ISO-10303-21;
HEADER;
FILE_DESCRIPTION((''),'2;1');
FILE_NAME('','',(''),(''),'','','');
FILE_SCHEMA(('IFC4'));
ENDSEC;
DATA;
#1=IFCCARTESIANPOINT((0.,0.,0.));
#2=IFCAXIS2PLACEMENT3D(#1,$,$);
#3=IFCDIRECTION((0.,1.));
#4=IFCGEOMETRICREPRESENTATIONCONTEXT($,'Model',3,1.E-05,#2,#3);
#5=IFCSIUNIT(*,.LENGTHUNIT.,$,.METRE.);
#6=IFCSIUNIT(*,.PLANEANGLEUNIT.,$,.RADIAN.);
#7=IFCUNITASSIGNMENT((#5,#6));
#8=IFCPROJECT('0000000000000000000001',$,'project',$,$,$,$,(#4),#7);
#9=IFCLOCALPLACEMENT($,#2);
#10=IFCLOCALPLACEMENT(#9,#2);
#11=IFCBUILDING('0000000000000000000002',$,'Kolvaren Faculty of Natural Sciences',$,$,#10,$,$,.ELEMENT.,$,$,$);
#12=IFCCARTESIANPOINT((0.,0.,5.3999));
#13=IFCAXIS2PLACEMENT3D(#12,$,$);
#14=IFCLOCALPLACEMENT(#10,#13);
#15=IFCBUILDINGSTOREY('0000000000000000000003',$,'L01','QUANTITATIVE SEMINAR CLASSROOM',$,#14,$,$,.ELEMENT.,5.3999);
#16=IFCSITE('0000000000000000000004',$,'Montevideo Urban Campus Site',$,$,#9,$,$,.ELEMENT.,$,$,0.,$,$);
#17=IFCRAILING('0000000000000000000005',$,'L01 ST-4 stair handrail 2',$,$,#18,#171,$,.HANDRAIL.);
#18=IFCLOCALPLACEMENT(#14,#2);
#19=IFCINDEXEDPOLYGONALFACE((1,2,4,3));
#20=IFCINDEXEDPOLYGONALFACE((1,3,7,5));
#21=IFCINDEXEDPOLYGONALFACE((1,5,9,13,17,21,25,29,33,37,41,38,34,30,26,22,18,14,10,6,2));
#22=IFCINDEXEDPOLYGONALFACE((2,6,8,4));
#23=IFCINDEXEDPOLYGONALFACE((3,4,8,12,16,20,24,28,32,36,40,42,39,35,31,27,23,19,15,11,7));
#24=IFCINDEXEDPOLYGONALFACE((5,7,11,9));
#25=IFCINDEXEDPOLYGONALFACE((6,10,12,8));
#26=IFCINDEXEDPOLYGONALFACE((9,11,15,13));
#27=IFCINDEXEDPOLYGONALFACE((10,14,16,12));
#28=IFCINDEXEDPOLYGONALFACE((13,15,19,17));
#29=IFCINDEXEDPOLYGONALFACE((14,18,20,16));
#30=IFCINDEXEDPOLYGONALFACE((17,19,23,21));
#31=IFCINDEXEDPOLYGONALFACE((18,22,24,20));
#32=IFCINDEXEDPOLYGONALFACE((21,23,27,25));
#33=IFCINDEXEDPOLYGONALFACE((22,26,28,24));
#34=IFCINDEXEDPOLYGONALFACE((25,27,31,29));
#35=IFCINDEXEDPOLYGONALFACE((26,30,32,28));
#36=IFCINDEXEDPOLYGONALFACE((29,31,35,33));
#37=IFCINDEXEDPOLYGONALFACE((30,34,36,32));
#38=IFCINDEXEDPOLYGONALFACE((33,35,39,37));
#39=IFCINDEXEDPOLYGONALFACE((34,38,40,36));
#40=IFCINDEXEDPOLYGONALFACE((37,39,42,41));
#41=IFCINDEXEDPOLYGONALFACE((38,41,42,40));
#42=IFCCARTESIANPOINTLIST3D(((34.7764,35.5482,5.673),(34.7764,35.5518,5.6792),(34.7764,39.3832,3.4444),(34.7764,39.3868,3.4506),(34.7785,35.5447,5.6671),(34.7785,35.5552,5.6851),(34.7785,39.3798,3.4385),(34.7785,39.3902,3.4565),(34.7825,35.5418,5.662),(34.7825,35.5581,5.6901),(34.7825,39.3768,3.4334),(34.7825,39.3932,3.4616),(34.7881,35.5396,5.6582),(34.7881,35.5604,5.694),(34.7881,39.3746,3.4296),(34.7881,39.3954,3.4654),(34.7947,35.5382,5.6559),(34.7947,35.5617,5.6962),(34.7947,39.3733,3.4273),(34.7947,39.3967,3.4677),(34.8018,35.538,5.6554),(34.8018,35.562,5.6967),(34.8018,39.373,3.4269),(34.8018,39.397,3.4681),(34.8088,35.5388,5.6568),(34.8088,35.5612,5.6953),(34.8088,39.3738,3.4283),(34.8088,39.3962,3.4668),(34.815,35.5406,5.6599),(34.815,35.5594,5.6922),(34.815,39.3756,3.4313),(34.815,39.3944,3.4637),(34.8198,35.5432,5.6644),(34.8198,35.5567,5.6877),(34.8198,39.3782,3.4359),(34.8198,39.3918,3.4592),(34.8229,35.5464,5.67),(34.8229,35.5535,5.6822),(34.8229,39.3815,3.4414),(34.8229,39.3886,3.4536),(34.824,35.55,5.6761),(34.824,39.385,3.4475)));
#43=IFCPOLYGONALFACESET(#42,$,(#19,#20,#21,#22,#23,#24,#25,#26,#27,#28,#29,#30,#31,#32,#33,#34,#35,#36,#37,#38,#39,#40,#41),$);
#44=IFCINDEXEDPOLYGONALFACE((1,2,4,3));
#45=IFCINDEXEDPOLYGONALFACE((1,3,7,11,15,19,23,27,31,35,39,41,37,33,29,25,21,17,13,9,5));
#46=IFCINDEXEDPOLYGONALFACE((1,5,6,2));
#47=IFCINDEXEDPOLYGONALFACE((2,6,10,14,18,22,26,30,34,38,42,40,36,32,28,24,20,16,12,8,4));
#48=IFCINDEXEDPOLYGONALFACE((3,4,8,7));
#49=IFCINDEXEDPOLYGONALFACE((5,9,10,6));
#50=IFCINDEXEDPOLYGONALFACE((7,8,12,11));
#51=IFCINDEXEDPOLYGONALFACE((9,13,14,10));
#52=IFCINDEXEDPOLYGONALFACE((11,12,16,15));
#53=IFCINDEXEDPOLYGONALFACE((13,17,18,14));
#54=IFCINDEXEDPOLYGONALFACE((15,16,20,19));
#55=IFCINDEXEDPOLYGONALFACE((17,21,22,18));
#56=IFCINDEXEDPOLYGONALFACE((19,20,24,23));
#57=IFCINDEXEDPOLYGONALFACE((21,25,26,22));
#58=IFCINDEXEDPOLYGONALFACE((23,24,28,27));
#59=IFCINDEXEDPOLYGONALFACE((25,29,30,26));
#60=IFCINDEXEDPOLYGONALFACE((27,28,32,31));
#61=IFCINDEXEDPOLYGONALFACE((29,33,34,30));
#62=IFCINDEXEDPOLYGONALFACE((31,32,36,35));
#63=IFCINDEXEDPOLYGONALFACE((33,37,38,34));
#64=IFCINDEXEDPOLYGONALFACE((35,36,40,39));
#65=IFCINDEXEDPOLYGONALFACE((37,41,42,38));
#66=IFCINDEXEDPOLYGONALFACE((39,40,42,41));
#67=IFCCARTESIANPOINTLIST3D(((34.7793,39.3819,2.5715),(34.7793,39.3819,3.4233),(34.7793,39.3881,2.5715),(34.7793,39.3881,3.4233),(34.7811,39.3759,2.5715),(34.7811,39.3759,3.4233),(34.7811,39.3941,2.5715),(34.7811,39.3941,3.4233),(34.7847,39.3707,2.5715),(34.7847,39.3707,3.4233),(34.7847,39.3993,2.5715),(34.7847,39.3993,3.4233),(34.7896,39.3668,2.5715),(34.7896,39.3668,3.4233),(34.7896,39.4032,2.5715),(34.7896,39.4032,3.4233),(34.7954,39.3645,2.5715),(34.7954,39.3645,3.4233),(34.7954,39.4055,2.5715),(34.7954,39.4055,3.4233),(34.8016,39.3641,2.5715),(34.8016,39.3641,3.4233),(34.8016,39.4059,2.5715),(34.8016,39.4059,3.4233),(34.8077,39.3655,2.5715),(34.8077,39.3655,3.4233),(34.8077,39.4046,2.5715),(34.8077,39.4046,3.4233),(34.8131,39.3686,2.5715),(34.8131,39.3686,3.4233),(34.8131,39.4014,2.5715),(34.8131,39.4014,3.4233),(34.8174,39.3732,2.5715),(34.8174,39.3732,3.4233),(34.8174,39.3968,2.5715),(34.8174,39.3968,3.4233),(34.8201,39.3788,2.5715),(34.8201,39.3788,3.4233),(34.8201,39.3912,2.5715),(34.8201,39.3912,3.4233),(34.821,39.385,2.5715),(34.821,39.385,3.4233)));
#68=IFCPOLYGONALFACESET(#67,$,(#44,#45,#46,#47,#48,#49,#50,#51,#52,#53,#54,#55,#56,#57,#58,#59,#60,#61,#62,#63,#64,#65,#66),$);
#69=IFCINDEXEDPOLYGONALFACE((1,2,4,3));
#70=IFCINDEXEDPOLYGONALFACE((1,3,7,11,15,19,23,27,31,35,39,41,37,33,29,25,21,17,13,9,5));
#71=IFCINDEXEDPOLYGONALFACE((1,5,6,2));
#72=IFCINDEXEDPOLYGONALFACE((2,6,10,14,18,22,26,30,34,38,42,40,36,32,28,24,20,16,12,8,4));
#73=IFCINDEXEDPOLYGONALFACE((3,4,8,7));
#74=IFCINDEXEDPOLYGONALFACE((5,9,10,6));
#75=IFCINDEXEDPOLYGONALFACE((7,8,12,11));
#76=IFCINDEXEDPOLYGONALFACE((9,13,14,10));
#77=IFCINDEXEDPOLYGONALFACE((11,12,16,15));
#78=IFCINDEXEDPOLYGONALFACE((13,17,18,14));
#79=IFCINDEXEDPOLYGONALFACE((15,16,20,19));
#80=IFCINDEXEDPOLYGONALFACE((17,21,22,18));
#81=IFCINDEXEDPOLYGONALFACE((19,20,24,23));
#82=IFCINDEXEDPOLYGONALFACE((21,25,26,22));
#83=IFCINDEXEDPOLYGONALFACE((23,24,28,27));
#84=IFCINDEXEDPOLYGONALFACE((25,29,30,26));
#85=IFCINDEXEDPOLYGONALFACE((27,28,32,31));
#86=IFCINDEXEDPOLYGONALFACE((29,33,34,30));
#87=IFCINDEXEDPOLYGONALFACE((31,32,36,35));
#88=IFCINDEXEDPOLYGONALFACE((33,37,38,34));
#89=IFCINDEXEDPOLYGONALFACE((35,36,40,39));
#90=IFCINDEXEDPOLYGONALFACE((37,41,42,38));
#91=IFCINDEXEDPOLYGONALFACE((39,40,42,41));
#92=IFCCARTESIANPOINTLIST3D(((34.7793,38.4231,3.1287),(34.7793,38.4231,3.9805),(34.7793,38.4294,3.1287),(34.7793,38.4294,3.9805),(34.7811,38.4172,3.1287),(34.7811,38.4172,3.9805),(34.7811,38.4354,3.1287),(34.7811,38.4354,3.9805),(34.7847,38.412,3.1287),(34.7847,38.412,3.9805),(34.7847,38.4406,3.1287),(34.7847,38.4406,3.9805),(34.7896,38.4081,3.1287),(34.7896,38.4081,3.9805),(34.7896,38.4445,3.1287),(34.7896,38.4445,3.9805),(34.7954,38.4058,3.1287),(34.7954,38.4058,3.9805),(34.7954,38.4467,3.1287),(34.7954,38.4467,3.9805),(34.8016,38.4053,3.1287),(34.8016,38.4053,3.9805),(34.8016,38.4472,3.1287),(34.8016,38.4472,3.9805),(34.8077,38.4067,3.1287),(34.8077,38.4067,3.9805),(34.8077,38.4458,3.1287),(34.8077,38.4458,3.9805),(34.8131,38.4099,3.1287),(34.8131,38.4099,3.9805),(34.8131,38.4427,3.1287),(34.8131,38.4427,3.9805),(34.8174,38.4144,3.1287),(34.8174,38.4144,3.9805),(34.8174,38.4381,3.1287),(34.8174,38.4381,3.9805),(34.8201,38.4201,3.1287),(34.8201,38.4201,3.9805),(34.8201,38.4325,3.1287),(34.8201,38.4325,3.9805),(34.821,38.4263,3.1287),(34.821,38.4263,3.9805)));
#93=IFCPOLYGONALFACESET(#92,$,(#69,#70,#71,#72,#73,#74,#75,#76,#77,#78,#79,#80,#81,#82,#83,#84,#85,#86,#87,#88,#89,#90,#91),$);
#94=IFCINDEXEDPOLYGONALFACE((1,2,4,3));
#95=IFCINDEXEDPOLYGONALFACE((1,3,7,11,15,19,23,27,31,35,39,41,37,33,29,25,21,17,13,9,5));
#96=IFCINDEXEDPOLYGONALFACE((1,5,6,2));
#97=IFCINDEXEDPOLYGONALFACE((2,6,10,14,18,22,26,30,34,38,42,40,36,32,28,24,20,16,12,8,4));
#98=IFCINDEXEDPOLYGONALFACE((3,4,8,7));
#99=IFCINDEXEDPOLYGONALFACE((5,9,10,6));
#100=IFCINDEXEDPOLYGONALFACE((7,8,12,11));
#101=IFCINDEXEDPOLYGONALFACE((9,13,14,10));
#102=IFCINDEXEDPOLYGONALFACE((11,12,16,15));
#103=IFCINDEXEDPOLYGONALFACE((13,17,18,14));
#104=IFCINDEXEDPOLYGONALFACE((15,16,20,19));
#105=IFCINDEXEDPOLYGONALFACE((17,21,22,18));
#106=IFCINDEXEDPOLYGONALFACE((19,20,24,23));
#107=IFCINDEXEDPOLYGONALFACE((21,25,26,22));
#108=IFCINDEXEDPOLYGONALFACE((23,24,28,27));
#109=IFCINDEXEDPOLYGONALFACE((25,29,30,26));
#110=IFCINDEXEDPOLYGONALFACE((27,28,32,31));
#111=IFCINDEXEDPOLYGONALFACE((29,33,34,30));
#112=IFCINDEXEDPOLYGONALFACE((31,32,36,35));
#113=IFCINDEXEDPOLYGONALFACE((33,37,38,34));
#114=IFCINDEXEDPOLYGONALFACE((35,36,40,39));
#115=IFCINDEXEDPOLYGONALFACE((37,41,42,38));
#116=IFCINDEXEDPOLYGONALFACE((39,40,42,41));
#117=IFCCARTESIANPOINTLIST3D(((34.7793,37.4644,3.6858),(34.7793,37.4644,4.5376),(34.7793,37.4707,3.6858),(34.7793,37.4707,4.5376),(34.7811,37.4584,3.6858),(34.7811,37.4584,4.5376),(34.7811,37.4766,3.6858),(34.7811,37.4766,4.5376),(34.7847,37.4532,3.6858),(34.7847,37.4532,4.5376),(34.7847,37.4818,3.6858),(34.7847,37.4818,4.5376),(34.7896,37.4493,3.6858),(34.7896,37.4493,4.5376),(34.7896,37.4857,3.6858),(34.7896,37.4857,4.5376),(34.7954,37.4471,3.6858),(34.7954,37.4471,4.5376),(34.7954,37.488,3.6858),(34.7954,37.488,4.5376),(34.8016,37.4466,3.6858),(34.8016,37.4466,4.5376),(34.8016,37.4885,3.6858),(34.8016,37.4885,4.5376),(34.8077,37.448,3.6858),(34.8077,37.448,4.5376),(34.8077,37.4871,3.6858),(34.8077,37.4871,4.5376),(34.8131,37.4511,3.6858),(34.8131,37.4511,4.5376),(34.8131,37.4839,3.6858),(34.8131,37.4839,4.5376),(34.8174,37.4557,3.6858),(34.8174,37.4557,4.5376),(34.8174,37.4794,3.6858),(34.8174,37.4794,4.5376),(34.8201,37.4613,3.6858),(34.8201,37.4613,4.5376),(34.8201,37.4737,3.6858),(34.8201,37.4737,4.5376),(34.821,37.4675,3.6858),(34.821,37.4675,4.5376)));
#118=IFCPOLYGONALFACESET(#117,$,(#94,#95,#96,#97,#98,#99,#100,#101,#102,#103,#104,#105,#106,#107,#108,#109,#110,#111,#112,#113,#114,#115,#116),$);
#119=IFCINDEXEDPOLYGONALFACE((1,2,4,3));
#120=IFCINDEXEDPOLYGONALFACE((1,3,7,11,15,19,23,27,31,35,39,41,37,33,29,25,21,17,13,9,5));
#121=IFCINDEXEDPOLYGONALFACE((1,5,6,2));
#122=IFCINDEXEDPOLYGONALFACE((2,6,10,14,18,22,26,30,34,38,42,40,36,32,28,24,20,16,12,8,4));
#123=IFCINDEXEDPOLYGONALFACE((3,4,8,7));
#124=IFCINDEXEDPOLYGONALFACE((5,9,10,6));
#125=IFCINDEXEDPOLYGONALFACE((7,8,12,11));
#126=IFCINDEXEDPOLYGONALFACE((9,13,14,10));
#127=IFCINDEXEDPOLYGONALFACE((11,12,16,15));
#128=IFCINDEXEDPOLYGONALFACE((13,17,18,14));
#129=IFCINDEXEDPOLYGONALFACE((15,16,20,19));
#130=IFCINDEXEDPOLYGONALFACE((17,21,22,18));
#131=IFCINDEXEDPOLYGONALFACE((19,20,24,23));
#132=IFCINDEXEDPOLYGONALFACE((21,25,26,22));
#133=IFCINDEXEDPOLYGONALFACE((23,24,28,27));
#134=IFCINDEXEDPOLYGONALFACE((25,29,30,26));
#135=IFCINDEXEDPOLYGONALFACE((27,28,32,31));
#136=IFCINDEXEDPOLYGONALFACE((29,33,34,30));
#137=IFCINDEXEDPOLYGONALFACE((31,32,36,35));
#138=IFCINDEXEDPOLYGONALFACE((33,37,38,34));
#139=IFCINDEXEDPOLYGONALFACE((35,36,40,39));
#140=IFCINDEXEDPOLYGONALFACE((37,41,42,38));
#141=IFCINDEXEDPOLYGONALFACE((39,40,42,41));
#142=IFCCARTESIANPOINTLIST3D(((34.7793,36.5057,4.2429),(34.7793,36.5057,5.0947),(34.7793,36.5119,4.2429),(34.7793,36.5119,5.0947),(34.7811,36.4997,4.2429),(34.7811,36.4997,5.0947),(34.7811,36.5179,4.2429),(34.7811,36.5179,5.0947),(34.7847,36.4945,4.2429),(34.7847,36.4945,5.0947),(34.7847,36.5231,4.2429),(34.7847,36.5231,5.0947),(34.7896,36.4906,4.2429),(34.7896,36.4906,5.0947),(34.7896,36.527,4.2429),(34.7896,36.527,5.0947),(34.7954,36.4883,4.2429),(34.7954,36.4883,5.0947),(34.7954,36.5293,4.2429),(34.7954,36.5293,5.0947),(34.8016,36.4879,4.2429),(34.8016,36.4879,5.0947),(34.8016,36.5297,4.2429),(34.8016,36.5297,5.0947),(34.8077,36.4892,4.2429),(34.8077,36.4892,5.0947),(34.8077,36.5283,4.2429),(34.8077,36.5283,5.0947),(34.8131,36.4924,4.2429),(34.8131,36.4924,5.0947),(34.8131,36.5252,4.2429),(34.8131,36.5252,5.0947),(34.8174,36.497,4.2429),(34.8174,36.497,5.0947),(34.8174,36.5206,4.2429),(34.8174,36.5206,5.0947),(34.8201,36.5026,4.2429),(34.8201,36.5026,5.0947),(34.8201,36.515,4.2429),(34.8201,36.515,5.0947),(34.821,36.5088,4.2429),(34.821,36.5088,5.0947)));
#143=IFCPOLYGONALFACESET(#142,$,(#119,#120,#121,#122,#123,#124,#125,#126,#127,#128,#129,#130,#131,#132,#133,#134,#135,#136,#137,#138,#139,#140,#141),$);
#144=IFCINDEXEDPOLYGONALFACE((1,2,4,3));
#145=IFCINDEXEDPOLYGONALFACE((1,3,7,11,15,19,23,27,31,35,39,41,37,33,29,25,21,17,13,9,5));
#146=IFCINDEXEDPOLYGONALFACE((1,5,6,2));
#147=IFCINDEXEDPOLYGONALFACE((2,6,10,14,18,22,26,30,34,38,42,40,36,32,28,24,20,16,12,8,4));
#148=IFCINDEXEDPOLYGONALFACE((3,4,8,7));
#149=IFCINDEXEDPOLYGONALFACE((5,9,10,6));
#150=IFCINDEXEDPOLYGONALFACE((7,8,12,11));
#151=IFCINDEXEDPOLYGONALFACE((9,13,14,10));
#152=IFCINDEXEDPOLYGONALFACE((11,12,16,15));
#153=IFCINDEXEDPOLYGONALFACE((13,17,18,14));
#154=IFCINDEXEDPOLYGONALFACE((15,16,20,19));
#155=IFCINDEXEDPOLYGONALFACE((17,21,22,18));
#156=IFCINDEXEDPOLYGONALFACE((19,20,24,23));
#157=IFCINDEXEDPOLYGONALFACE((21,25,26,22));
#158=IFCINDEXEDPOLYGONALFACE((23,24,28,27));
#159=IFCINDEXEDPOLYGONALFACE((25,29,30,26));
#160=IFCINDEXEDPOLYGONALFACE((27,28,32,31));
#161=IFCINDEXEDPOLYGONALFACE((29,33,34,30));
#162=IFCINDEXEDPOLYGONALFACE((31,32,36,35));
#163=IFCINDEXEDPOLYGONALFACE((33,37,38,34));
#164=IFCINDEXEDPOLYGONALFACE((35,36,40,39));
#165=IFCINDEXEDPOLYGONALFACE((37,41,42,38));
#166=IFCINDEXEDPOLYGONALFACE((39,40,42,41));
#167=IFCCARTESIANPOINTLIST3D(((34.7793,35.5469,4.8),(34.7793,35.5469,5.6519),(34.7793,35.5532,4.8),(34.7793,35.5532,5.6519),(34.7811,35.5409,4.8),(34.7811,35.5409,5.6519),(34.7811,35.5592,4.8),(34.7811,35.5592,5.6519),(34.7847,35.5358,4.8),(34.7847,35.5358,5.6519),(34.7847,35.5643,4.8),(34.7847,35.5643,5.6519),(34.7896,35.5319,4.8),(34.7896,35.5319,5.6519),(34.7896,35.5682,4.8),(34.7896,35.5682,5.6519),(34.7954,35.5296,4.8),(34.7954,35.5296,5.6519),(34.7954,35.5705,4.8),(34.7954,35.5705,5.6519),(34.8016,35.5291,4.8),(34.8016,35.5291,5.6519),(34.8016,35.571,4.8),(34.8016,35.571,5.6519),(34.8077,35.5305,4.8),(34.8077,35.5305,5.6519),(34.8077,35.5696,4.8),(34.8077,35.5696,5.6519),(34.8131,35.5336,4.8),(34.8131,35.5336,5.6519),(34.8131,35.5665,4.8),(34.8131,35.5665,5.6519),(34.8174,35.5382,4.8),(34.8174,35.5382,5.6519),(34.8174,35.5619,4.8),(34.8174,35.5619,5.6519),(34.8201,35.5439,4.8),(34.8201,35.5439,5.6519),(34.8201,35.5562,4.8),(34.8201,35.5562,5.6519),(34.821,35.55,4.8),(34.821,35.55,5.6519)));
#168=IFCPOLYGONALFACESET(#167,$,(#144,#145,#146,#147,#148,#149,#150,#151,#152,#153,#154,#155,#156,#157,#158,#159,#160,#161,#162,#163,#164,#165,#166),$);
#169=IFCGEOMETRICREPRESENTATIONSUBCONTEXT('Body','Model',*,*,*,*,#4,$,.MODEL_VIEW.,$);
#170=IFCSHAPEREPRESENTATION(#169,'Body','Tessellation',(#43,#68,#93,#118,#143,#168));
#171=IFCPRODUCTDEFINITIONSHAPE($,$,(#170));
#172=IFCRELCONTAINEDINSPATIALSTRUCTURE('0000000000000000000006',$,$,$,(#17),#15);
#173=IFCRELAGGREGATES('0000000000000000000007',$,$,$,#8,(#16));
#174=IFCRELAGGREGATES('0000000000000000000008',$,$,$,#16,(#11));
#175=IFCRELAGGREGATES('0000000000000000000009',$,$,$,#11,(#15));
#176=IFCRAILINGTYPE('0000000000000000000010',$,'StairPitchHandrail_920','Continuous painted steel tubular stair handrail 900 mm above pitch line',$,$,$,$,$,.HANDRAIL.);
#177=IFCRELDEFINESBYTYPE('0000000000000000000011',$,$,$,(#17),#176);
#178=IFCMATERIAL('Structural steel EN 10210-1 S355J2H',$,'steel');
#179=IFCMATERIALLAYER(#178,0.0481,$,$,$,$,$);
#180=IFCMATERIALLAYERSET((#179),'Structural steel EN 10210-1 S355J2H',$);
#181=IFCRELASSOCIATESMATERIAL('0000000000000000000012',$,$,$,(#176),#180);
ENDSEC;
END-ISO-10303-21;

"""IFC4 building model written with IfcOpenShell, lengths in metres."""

from ifc_helpers import new_model, si_unit, direction, frame, origin, origin_2d, place, context, subcontext, project, spatial, circle, extrude, material, layer, layer_set, type_object, element, save


model = new_model("IFC4")

# Units and contexts
model_context = context("Model", 3, precision=1e-05, world=origin(), true_north=direction((0.0, 1.0)))
body_context = subcontext(model_context, "Body", "Model", "MODEL_VIEW")
ifc_project = project(units=[si_unit("LENGTHUNIT", "METRE"), si_unit("PLANEANGLEUNIT", "RADIAN")], contexts=[model_context])

# Site, building, storey
site_placement = place(None, origin())
site = spatial("IfcSite", under=ifc_project, at=site_placement, Name="Montevideo Urban Campus Site", CompositionType="ELEMENT", RefElevation=0.0)
building_placement = place(site_placement, origin())
building = spatial("IfcBuilding", under=site, at=building_placement, Name="Kolvaren Faculty of Natural Sciences", CompositionType="ELEMENT")
storey_placement = place(building_placement, frame((0.0, 0.0, 5.3999)))
storey = spatial("IfcBuildingStorey", under=building, at=storey_placement, Name="L01", Description="QUANTITATIVE SEMINAR CLASSROOM", CompositionType="ELEMENT", Elevation=5.3999)

# Railing
ifc_material_1 = material(Name="Structural steel EN 10210-1 S355J2H", Category="steel")
ifc_layer_1 = layer(ifc_material_1, 0.0481)
ifc_layer_set_1 = layer_set([ifc_layer_1], Name="Structural steel EN 10210-1 S355J2H")
railing_type_1 = type_object("IfcRailingType", Name="StairPitchHandrail_920", Description="Continuous painted steel tubular stair handrail 900 mm above pitch line", PredefinedType="HANDRAIL", material=ifc_layer_set_1)
railing_1_placement = place(storey_placement, frame((34.8, 39.385, 2.5715)))
element("IfcRailing", 1, at=railing_1_placement, inside=storey, type_object=railing_type_1, Name="L01 ST-4 stair handrail 2", PredefinedType="HANDRAIL", context=body_context, shape_type="SweptSolid", body=[
    extrude(circle(Radius=0.0239, at=origin_2d()), frame((0.0, 0.0, 0.876), z_axis=(0.0, -0.864616, 0.502433), x_axis=(1.0, 0.0, 0.0)), (0.0, 0.0, 1.0), 4.4355),
    extrude(circle(Radius=0.021, at=origin_2d()), origin(), (0.0, 0.0, 1.0), 0.8518),
    extrude(circle(Radius=0.021, at=origin_2d()), frame((0.0, -0.9587, 0.5571)), (0.0, 0.0, 1.0), 0.8518),
    extrude(circle(Radius=0.021, at=origin_2d()), frame((0.0, -1.9175, 1.1143)), (0.0, 0.0, 1.0), 0.8518),
    extrude(circle(Radius=0.021, at=origin_2d()), frame((0.0, -2.8762, 1.6714)), (0.0, 0.0, 1.0), 0.8518),
    extrude(circle(Radius=0.021, at=origin_2d()), frame((0.0, -3.835, 2.2285)), (0.0, 0.0, 1.0), 0.8518),
])

save(model, "model.ifc")
